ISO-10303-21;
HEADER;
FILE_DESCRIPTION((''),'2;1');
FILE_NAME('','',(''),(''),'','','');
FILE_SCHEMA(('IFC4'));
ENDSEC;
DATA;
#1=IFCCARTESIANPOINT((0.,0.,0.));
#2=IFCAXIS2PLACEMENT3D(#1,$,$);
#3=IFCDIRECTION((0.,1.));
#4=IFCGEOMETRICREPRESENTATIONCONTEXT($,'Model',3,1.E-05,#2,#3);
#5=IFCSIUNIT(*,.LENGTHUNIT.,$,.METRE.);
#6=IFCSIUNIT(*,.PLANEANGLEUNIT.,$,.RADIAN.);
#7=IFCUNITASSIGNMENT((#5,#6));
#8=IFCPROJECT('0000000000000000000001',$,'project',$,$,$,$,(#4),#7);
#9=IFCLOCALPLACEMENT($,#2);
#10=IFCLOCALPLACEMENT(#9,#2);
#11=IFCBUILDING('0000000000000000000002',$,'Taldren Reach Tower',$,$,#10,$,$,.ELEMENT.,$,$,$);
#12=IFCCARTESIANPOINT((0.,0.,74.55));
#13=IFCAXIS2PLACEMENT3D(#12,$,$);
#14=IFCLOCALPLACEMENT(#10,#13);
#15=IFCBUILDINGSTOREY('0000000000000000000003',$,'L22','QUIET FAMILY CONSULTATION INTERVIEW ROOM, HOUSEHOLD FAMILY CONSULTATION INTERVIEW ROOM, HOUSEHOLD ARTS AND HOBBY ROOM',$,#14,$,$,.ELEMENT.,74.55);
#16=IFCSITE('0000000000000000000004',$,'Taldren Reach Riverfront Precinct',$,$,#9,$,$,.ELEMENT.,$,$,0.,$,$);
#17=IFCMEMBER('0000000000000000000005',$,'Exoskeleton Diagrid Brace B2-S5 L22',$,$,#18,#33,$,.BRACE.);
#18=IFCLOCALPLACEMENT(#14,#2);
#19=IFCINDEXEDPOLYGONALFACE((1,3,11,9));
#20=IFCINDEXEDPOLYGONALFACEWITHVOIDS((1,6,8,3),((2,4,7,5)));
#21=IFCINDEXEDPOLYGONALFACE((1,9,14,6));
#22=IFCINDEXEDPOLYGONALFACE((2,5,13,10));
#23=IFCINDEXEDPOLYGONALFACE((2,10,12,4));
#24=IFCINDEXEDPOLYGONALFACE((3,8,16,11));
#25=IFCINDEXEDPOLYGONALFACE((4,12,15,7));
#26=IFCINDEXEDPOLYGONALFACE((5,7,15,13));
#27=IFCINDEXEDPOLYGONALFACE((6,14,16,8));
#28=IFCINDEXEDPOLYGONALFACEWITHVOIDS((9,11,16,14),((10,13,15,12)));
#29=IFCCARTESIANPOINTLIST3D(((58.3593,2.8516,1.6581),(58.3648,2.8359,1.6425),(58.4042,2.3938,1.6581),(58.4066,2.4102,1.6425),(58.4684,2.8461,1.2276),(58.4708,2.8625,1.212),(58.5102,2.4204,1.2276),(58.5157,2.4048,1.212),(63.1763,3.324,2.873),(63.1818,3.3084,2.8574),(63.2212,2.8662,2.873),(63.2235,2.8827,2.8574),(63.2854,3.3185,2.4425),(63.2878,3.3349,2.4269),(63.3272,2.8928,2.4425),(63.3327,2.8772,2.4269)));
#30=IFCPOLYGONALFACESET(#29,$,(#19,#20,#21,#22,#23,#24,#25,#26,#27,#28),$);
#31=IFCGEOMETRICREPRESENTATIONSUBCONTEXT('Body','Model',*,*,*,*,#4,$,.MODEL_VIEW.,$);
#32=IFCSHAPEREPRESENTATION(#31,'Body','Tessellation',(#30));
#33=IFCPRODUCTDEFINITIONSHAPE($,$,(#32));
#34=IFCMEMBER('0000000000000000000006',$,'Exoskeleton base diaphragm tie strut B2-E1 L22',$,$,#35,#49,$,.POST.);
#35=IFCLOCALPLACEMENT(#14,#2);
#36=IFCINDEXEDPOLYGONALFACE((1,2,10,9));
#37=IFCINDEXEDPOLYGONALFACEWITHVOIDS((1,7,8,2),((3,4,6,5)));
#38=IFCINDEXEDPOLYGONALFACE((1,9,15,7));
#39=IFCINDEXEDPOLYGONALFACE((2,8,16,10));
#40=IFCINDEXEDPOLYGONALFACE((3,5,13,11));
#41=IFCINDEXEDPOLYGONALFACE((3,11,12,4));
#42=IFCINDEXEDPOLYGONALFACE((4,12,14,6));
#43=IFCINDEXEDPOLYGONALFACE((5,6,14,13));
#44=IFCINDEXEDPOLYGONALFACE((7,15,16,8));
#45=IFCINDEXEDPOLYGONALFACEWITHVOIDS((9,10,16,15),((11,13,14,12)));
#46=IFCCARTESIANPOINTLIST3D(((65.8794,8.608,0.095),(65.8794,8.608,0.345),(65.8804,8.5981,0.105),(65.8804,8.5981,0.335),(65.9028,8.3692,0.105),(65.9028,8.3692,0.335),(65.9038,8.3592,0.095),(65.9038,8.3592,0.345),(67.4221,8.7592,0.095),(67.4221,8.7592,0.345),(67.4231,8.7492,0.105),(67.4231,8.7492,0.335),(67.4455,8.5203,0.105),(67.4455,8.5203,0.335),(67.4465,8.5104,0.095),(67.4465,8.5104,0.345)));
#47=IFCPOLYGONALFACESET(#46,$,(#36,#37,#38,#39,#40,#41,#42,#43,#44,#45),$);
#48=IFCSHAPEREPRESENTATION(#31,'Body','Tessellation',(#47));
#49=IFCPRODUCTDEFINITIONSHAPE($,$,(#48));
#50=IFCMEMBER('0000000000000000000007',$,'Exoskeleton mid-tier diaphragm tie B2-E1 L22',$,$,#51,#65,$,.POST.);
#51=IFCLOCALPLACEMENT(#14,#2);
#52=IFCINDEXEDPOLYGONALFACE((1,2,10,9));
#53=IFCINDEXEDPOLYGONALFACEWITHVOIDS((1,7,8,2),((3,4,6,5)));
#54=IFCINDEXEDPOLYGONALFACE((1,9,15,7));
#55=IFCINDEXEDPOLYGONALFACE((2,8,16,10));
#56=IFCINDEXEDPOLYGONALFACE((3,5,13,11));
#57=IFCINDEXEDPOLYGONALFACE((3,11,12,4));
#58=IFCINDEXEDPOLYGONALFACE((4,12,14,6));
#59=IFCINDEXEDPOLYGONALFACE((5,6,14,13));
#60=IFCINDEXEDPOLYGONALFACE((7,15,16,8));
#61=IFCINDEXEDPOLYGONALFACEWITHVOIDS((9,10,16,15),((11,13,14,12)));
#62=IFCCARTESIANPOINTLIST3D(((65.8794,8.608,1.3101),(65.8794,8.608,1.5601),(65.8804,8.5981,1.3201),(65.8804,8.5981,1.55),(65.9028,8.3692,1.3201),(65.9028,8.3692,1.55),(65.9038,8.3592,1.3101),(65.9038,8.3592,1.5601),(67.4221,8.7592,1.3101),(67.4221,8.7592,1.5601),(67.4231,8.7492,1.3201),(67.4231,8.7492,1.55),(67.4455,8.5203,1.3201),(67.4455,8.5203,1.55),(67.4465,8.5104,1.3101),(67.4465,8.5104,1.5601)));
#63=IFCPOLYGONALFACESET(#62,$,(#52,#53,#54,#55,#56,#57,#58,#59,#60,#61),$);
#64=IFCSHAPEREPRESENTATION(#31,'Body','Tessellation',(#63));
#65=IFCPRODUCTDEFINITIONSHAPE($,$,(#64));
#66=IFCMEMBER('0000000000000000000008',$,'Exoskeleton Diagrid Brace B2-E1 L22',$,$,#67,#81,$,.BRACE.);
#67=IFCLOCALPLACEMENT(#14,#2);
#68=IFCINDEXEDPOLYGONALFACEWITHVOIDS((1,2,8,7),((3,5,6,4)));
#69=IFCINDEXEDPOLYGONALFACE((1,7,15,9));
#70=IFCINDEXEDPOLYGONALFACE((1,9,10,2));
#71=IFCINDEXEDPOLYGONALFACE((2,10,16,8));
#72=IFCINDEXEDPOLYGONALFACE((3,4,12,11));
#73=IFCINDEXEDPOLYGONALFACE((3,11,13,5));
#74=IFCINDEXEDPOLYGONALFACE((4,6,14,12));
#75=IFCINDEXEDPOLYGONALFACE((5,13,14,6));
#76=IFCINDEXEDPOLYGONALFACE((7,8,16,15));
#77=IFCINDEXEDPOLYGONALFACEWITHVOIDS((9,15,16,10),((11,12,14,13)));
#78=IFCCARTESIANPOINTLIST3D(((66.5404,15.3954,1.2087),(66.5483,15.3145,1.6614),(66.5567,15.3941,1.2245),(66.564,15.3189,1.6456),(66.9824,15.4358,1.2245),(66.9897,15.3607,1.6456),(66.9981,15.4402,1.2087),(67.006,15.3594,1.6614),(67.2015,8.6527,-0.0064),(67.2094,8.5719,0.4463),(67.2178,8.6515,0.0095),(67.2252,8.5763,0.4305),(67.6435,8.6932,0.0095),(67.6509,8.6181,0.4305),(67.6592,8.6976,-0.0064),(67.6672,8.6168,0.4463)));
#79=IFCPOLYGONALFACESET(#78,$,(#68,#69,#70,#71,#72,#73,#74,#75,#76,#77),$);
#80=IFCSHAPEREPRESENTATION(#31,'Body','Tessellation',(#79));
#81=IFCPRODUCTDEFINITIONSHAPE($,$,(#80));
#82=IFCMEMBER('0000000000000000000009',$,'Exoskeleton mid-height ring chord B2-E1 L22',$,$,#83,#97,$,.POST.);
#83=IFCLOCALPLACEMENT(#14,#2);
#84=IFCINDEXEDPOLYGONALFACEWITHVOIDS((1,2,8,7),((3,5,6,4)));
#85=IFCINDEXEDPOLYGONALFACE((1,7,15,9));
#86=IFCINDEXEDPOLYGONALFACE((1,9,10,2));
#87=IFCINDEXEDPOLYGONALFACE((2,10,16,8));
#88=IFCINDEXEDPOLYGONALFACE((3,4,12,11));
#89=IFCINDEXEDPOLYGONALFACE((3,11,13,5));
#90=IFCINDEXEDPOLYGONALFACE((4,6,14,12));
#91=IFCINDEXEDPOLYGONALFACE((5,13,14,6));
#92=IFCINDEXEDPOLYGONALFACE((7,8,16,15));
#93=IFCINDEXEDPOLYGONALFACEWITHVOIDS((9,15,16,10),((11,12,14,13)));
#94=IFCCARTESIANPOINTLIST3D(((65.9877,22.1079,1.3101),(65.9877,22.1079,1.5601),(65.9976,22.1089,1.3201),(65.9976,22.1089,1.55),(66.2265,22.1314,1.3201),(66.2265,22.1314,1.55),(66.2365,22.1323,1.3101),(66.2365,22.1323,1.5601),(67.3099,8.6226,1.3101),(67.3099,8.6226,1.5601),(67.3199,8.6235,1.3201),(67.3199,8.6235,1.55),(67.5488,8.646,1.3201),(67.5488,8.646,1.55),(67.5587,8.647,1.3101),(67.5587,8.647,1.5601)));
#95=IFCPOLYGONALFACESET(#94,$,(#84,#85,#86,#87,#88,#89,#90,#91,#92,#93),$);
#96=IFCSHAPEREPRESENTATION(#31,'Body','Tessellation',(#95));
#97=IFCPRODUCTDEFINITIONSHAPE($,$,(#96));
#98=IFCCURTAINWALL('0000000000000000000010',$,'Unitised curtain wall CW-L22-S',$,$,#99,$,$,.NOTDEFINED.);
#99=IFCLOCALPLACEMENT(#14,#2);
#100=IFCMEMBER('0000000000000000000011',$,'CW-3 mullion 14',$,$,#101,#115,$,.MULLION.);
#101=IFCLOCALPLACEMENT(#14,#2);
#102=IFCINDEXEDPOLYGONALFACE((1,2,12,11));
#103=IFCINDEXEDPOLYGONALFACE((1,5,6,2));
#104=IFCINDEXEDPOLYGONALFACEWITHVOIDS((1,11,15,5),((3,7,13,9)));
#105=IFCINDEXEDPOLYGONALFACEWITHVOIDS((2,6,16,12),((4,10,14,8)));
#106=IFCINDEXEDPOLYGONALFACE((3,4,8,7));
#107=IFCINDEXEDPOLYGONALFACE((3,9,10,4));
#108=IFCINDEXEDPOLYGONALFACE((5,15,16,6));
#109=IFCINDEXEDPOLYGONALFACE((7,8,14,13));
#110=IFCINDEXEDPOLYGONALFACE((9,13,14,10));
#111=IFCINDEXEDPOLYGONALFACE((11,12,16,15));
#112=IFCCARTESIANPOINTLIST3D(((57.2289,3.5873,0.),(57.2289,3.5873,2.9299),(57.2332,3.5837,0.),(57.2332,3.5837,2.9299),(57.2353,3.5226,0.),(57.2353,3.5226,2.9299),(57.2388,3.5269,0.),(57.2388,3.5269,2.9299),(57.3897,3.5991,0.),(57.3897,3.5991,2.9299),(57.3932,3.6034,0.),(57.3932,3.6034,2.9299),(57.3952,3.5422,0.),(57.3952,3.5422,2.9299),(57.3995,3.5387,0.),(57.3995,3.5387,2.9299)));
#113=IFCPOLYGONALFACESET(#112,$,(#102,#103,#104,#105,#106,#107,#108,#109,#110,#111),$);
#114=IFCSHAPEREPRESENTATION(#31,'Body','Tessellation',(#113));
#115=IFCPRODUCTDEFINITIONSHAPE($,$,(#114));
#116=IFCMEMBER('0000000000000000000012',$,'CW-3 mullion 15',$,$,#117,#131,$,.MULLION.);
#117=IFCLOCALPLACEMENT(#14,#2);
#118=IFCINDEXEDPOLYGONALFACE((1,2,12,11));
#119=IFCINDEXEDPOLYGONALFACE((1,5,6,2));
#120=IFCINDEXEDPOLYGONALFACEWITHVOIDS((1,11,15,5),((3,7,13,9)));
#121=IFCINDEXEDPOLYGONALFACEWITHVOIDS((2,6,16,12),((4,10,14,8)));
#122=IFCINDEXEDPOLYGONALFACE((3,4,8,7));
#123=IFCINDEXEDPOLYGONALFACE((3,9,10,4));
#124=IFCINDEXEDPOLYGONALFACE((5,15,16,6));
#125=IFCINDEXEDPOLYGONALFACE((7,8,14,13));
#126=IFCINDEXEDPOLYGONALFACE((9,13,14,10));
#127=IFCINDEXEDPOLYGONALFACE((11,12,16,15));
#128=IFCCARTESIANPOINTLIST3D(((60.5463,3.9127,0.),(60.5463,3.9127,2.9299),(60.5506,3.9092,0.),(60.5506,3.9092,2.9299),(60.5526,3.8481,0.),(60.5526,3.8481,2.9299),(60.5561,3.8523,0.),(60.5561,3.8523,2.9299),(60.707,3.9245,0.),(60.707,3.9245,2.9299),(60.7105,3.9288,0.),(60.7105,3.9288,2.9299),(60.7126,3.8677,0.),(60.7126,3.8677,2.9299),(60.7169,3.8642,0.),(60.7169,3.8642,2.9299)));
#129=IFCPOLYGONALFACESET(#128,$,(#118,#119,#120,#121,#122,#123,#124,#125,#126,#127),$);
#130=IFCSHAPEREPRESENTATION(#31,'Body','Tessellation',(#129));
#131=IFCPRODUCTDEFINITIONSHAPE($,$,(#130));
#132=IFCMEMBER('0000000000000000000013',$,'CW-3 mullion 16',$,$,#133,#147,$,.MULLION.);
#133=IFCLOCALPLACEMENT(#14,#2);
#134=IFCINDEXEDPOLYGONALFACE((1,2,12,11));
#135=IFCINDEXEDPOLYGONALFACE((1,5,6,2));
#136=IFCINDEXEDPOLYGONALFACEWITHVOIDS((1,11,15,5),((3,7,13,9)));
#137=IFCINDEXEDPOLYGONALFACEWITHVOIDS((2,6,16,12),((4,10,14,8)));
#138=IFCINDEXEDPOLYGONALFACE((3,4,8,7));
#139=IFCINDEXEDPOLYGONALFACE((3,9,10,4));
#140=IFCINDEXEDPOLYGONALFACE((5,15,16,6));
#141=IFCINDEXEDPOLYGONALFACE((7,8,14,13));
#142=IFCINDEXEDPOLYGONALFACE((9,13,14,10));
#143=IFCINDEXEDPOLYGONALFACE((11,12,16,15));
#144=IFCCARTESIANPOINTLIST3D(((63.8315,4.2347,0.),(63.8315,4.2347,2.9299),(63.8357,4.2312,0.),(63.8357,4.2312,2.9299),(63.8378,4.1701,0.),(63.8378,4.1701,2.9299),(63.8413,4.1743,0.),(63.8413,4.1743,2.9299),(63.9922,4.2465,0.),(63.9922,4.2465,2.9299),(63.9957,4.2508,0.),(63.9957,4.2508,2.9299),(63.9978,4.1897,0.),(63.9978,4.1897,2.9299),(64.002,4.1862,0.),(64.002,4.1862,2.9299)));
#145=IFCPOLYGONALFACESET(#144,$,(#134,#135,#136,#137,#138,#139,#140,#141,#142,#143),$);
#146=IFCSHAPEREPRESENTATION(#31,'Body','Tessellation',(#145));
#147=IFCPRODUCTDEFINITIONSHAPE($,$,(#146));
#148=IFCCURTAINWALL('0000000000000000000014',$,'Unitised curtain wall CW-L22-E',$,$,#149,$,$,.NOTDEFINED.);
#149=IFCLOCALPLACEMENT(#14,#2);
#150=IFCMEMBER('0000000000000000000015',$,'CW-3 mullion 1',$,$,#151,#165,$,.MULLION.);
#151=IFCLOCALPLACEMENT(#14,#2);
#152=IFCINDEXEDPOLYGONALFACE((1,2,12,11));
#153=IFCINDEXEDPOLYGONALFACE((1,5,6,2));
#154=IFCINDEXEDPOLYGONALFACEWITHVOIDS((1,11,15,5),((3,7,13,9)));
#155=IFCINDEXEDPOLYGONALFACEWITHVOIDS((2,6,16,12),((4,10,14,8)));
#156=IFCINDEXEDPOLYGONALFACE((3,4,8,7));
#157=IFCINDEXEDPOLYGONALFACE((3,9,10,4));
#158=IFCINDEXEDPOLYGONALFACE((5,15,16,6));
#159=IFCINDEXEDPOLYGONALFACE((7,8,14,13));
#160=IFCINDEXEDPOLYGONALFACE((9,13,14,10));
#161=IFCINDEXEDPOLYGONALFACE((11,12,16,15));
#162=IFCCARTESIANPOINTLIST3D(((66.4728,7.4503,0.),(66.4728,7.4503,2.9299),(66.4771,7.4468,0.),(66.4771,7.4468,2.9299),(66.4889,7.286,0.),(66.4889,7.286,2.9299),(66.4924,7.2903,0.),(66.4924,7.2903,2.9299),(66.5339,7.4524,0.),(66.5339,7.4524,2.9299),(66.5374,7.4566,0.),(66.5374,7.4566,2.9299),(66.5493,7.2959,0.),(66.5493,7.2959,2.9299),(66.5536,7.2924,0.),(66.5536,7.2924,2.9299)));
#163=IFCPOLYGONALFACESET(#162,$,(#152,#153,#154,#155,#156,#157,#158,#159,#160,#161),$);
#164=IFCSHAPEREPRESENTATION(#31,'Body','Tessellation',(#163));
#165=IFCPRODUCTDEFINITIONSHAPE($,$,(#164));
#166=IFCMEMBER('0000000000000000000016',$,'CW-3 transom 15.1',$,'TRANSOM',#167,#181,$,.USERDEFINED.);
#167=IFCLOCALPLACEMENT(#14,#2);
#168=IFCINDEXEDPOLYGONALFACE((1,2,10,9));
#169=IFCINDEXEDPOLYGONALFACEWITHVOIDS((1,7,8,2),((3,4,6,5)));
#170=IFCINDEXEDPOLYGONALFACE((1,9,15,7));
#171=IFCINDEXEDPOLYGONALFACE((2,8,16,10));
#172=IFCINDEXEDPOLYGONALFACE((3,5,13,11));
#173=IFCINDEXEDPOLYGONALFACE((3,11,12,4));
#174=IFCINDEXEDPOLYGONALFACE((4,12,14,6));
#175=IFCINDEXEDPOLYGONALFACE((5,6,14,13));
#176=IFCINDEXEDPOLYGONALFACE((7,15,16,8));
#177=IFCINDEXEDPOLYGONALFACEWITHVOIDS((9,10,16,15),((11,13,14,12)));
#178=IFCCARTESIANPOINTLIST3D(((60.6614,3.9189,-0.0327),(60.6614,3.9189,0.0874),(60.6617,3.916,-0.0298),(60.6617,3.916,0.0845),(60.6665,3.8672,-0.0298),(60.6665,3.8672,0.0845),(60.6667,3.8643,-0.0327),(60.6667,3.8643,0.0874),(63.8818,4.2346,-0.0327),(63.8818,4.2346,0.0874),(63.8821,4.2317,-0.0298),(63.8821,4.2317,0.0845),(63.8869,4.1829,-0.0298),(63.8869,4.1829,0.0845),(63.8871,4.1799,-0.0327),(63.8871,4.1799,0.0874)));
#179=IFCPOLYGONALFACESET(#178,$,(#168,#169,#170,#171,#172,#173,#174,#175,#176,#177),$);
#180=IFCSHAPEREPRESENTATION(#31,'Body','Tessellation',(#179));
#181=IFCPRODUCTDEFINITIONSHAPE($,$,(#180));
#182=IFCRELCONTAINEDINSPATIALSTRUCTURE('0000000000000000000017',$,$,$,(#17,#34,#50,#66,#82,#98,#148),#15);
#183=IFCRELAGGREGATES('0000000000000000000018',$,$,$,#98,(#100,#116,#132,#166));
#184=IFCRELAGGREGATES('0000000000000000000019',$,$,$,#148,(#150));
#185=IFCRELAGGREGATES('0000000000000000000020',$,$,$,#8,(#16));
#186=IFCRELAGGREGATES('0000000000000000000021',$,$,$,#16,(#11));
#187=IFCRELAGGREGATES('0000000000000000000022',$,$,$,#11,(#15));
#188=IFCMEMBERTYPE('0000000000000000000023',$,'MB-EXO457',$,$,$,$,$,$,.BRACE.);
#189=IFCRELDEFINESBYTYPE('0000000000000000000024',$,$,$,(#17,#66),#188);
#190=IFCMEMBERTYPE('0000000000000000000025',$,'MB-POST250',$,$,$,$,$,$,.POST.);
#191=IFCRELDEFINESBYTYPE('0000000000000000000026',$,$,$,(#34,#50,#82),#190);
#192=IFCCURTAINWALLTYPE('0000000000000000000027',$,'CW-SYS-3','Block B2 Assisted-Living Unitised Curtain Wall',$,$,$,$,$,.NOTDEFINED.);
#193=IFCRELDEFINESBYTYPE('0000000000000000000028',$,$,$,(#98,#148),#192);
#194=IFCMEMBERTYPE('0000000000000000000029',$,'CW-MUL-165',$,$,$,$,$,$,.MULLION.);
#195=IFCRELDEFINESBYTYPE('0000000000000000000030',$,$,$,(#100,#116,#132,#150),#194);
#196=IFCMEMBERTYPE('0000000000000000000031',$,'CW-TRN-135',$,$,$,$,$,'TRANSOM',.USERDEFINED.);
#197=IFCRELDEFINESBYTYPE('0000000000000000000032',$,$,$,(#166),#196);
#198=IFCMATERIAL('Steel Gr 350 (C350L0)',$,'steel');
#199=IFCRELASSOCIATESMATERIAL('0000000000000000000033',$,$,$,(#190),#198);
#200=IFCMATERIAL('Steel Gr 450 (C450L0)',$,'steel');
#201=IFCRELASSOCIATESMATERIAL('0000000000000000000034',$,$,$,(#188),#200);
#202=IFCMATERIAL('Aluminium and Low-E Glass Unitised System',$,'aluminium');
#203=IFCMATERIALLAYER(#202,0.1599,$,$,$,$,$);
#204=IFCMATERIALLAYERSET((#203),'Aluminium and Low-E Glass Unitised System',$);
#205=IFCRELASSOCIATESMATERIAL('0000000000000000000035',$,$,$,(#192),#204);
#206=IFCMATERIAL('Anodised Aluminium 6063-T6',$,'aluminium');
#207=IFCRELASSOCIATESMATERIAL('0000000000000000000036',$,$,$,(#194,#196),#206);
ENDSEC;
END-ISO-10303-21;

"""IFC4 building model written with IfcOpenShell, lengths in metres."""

from ifc_helpers import new_model, si_unit, direction, frame, origin, origin_2d, place, context, subcontext, project, spatial, hollow_rectangle, extrude, source, transform, mapped, material, layer, layer_set, material_profile, profile_set, type_object, element, aggregate, save


model = new_model("IFC4")

# Units and contexts
model_context = context("Model", 3, precision=1e-05, world=origin(), true_north=direction((0.0, 1.0)))
body_context = subcontext(model_context, "Body", "Model", "MODEL_VIEW")
ifc_project = project(units=[si_unit("LENGTHUNIT", "METRE"), si_unit("PLANEANGLEUNIT", "RADIAN")], contexts=[model_context])

# Site, building, storey
site_placement = place(None, origin())
site = spatial("IfcSite", under=ifc_project, at=site_placement, Name="Taldren Reach Riverfront Precinct", CompositionType="ELEMENT", RefElevation=0.0)
building_placement = place(site_placement, origin())
building = spatial("IfcBuilding", under=site, at=building_placement, Name="Taldren Reach Tower", CompositionType="ELEMENT")
storey_placement = place(building_placement, frame((0.0, 0.0, 74.55)))
storey = spatial("IfcBuildingStorey", under=building, at=storey_placement, Name="L22", Description="QUIET FAMILY CONSULTATION INTERVIEW ROOM, HOUSEHOLD FAMILY CONSULTATION INTERVIEW ROOM, HOUSEHOLD ARTS AND HOBBY ROOM", CompositionType="ELEMENT", Elevation=74.55)

# Shared definitions
ifc_material_1 = material(Name="Steel Gr 450 (C450L0)", Category="steel")
ifc_material_2 = material(Name="Steel Gr 350 (C350L0)", Category="steel")
ifc_material_profile_1 = material_profile(ifc_material_2, hollow_rectangle(XDim=0.25, YDim=0.25, WallThickness=0.01, at=origin_2d()), Name="250x250x10.0SHS")
ifc_profile_set_1 = profile_set([ifc_material_profile_1], Name="Steel Gr 350 (C350L0)")
member_type_1 = type_object("IfcMemberType", Name="MB-POST250", PredefinedType="POST", material=ifc_profile_set_1)

# Members
ifc_material_profile_2 = material_profile(ifc_material_1, hollow_rectangle(XDim=0.46, YDim=0.46, WallThickness=0.0161, at=origin_2d()), Name="460x460x16.0SHS")
ifc_profile_set_2 = profile_set([ifc_material_profile_2], Name="Steel Gr 450 (C450L0)")
member_type_2 = type_object("IfcMemberType", Name="MB-EXO457", PredefinedType="BRACE", material=ifc_profile_set_2)
shared_shape_1 = source(origin(), body_context, "Body", "SweptSolid", [
    extrude(hollow_rectangle(XDim=0.46, YDim=0.46, WallThickness=0.0161, at=origin_2d()), origin(), (0.0, 0.0, 1.0), 4.9902),
])
member_1_placement = place(storey_placement, frame((58.4375, 2.6282, 1.4351), z_axis=(0.965283, 0.094669, 0.243449), x_axis=(-0.097606, 0.995225, 0.0)))
element("IfcMember", 1, at=member_1_placement, inside=storey, type_object=member_type_2, Name="Exoskeleton Diagrid Brace B2-S5 L22", PredefinedType="BRACE", context=body_context, shape_type="MappedRepresentation", body=[
    mapped(shared_shape_1, transform((0.0, 0.0, 0.0), scale=1.0)),
])
shared_shape_2 = source(origin(), body_context, "Body", "SweptSolid", [
    extrude(hollow_rectangle(XDim=0.25, YDim=0.25, WallThickness=0.01, at=origin_2d()), origin(), (0.0, 0.0, 1.0), 1.55),
])
for number, where, z_axis, x_axis, name in (
    (2, (65.8916, 8.4836, 0.22), (0.995236, 0.097492, 0.0), (-0.097492, 0.995236, 0.0), "Exoskeleton base diaphragm tie strut B2-E1 L22"),
    (3, (65.8916, 8.4836, 1.4351), (0.995236, 0.097492, 0.0), (-0.097492, 0.995236, 0.0), "Exoskeleton mid-tier diaphragm tie B2-E1 L22"),
):
    element("IfcMember", number, at=place(storey_placement, frame(where, z_axis=z_axis, x_axis=x_axis)), inside=storey, type_object=member_type_1, Name=name, PredefinedType="POST", context=body_context, shape_type="MappedRepresentation", body=[
        mapped(shared_shape_2, transform((0.0, 0.0, 0.0), scale=1.0)),
    ])
shared_shape_3 = source(origin(), body_context, "Body", "SweptSolid", [
    extrude(hollow_rectangle(XDim=0.46, YDim=0.46, WallThickness=0.0161, at=origin_2d()), origin(), (0.0, 0.0, 1.0), 6.8831),
])
member_2_placement = place(storey_placement, frame((67.4343, 8.6348, 0.22), z_axis=(-0.096051, 0.979597, 0.176532), x_axis=(-0.995227, -0.097584, 0.0)))
element("IfcMember", 4, at=member_2_placement, inside=storey, type_object=member_type_2, Name="Exoskeleton Diagrid Brace B2-E1 L22", PredefinedType="BRACE", context=body_context, shape_type="MappedRepresentation", body=[
    mapped(shared_shape_3, transform((0.0, 0.0, 0.0), scale=1.0)),
])
shared_shape_4 = source(origin(), body_context, "Body", "SweptSolid", [
    extrude(hollow_rectangle(XDim=0.25, YDim=0.25, WallThickness=0.01, at=origin_2d()), origin(), (0.0, 0.0, 1.0), 13.55),
])
member_3_placement = place(storey_placement, frame((67.4343, 8.6348, 1.4351), z_axis=(-0.097584, 0.995227, 0.0), x_axis=(-0.995227, -0.097584, 0.0)))
element("IfcMember", 5, at=member_3_placement, inside=storey, type_object=member_type_1, Name="Exoskeleton mid-height ring chord B2-E1 L22", PredefinedType="POST", context=body_context, shape_type="MappedRepresentation", body=[
    mapped(shared_shape_4, transform((0.0, 0.0, 0.0), scale=1.0)),
])

# Curtain wall, members
ifc_material_3 = material(Name="Aluminium and Low-E Glass Unitised System", Category="aluminium")
ifc_layer_1 = layer(ifc_material_3, 0.1599)
ifc_layer_set_1 = layer_set([ifc_layer_1], Name="Aluminium and Low-E Glass Unitised System")
curtain_wall_type = type_object("IfcCurtainWallType", Name="CW-SYS-3", Description="Block B2 Assisted-Living Unitised Curtain Wall", PredefinedType="NOTDEFINED", material=ifc_layer_set_1)
curtain_wall_1_placement = place(storey_placement, origin())
curtain_wall_1 = element("IfcCurtainWall", 6, at=curtain_wall_1_placement, inside=storey, type_object=curtain_wall_type, Name="Unitised curtain wall CW-L22-S", PredefinedType="NOTDEFINED")
ifc_material_4 = material(Name="Anodised Aluminium 6063-T6", Category="aluminium")
ifc_material_profile_3 = material_profile(ifc_material_4, hollow_rectangle(XDim=0.0649, YDim=0.165, WallThickness=0.0039, at=origin_2d()), Name="ALU-165x65x4RHS")
ifc_profile_set_3 = profile_set([ifc_material_profile_3], Name="Anodised Aluminium 6063-T6")
member_type_3 = type_object("IfcMemberType", Name="CW-MUL-165", PredefinedType="MULLION", material=ifc_profile_set_3)
shared_shape_5 = source(origin(), body_context, "Body", "SweptSolid", [
    extrude(hollow_rectangle(XDim=0.0649, YDim=0.165, WallThickness=0.0039, at=origin_2d()), origin(), (0.0, 0.0, 1.0), 2.9299),
])
member_4_placement = place(storey_placement, frame((57.3142, 3.563, 0.0), z_axis=(0.0, 0.0, 1.0), x_axis=(-0.097583, 0.995227, 0.0)))
member_4 = element("IfcMember", 7, at=member_4_placement, type_object=member_type_3, Name="CW-3 mullion 14", PredefinedType="MULLION", context=body_context, shape_type="MappedRepresentation", body=[
    mapped(shared_shape_5, transform((0.0, 0.0, 0.0), scale=1.0)),
])
member_5_placement = place(storey_placement, frame((60.6316, 3.8884, 0.0), z_axis=(0.0, 0.0, 1.0), x_axis=(-0.097583, 0.995227, 0.0)))
member_5 = element("IfcMember", 8, at=member_5_placement, type_object=member_type_3, Name="CW-3 mullion 15", PredefinedType="MULLION", context=body_context, shape_type="MappedRepresentation", body=[
    mapped(shared_shape_5, transform((0.0, 0.0, 0.0), scale=1.0)),
])
member_6_placement = place(storey_placement, frame((63.9167, 4.2104, 0.0), z_axis=(0.0, 0.0, 1.0), x_axis=(-0.097583, 0.995227, 0.0)))
member_6 = element("IfcMember", 9, at=member_6_placement, type_object=member_type_3, Name="CW-3 mullion 16", PredefinedType="MULLION", context=body_context, shape_type="MappedRepresentation", body=[
    mapped(shared_shape_5, transform((0.0, 0.0, 0.0), scale=1.0)),
])

# Curtain wall, member
curtain_wall_2_placement = place(storey_placement, origin())
curtain_wall_2 = element("IfcCurtainWall", 10, at=curtain_wall_2_placement, inside=storey, type_object=curtain_wall_type, Name="Unitised curtain wall CW-L22-E", PredefinedType="NOTDEFINED")
member_7_placement = place(storey_placement, frame((66.5132, 7.3713, 0.0), z_axis=(0.0, 0.0, 1.0), x_axis=(-0.995227, -0.097583, 0.0)))
member_7 = element("IfcMember", 11, at=member_7_placement, type_object=member_type_3, Name="CW-3 mullion 1", PredefinedType="MULLION", context=body_context, shape_type="MappedRepresentation", body=[
    mapped(shared_shape_5, transform((0.0, 0.0, 0.0), scale=1.0)),
])

# Member
ifc_material_profile_4 = material_profile(ifc_material_4, hollow_rectangle(XDim=0.0549, YDim=0.1201, WallThickness=0.0029, at=origin_2d()), Name="ALU-120x55x3RHS")
ifc_profile_set_4 = profile_set([ifc_material_profile_4], Name="Anodised Aluminium 6063-T6")
member_type_4 = type_object("IfcMemberType", Name="CW-TRN-135", ElementType="TRANSOM", PredefinedType="USERDEFINED", material=ifc_profile_set_4)
shared_shape_6 = source(origin(), body_context, "Body", "SweptSolid", [
    extrude(hollow_rectangle(XDim=0.0549, YDim=0.1201, WallThickness=0.0029, at=origin_2d()), origin(), (0.0, 0.0, 1.0), 3.2358),
])
member_8_placement = place(storey_placement, frame((60.6641, 3.8916, 0.0273), z_axis=(0.99523, 0.097554, 0.0), x_axis=(-0.097554, 0.99523, 0.0)))
member_8 = element("IfcMember", 12, at=member_8_placement, type_object=member_type_4, Name="CW-3 transom 15.1", ObjectType="TRANSOM", PredefinedType="USERDEFINED", context=body_context, shape_type="MappedRepresentation", body=[
    mapped(shared_shape_6, transform((0.0, 0.0, 0.0), scale=1.0)),
])

aggregate(curtain_wall_1, [member_4, member_5, member_6, member_8])
aggregate(curtain_wall_2, [member_7])

save(model, "model.ifc")
